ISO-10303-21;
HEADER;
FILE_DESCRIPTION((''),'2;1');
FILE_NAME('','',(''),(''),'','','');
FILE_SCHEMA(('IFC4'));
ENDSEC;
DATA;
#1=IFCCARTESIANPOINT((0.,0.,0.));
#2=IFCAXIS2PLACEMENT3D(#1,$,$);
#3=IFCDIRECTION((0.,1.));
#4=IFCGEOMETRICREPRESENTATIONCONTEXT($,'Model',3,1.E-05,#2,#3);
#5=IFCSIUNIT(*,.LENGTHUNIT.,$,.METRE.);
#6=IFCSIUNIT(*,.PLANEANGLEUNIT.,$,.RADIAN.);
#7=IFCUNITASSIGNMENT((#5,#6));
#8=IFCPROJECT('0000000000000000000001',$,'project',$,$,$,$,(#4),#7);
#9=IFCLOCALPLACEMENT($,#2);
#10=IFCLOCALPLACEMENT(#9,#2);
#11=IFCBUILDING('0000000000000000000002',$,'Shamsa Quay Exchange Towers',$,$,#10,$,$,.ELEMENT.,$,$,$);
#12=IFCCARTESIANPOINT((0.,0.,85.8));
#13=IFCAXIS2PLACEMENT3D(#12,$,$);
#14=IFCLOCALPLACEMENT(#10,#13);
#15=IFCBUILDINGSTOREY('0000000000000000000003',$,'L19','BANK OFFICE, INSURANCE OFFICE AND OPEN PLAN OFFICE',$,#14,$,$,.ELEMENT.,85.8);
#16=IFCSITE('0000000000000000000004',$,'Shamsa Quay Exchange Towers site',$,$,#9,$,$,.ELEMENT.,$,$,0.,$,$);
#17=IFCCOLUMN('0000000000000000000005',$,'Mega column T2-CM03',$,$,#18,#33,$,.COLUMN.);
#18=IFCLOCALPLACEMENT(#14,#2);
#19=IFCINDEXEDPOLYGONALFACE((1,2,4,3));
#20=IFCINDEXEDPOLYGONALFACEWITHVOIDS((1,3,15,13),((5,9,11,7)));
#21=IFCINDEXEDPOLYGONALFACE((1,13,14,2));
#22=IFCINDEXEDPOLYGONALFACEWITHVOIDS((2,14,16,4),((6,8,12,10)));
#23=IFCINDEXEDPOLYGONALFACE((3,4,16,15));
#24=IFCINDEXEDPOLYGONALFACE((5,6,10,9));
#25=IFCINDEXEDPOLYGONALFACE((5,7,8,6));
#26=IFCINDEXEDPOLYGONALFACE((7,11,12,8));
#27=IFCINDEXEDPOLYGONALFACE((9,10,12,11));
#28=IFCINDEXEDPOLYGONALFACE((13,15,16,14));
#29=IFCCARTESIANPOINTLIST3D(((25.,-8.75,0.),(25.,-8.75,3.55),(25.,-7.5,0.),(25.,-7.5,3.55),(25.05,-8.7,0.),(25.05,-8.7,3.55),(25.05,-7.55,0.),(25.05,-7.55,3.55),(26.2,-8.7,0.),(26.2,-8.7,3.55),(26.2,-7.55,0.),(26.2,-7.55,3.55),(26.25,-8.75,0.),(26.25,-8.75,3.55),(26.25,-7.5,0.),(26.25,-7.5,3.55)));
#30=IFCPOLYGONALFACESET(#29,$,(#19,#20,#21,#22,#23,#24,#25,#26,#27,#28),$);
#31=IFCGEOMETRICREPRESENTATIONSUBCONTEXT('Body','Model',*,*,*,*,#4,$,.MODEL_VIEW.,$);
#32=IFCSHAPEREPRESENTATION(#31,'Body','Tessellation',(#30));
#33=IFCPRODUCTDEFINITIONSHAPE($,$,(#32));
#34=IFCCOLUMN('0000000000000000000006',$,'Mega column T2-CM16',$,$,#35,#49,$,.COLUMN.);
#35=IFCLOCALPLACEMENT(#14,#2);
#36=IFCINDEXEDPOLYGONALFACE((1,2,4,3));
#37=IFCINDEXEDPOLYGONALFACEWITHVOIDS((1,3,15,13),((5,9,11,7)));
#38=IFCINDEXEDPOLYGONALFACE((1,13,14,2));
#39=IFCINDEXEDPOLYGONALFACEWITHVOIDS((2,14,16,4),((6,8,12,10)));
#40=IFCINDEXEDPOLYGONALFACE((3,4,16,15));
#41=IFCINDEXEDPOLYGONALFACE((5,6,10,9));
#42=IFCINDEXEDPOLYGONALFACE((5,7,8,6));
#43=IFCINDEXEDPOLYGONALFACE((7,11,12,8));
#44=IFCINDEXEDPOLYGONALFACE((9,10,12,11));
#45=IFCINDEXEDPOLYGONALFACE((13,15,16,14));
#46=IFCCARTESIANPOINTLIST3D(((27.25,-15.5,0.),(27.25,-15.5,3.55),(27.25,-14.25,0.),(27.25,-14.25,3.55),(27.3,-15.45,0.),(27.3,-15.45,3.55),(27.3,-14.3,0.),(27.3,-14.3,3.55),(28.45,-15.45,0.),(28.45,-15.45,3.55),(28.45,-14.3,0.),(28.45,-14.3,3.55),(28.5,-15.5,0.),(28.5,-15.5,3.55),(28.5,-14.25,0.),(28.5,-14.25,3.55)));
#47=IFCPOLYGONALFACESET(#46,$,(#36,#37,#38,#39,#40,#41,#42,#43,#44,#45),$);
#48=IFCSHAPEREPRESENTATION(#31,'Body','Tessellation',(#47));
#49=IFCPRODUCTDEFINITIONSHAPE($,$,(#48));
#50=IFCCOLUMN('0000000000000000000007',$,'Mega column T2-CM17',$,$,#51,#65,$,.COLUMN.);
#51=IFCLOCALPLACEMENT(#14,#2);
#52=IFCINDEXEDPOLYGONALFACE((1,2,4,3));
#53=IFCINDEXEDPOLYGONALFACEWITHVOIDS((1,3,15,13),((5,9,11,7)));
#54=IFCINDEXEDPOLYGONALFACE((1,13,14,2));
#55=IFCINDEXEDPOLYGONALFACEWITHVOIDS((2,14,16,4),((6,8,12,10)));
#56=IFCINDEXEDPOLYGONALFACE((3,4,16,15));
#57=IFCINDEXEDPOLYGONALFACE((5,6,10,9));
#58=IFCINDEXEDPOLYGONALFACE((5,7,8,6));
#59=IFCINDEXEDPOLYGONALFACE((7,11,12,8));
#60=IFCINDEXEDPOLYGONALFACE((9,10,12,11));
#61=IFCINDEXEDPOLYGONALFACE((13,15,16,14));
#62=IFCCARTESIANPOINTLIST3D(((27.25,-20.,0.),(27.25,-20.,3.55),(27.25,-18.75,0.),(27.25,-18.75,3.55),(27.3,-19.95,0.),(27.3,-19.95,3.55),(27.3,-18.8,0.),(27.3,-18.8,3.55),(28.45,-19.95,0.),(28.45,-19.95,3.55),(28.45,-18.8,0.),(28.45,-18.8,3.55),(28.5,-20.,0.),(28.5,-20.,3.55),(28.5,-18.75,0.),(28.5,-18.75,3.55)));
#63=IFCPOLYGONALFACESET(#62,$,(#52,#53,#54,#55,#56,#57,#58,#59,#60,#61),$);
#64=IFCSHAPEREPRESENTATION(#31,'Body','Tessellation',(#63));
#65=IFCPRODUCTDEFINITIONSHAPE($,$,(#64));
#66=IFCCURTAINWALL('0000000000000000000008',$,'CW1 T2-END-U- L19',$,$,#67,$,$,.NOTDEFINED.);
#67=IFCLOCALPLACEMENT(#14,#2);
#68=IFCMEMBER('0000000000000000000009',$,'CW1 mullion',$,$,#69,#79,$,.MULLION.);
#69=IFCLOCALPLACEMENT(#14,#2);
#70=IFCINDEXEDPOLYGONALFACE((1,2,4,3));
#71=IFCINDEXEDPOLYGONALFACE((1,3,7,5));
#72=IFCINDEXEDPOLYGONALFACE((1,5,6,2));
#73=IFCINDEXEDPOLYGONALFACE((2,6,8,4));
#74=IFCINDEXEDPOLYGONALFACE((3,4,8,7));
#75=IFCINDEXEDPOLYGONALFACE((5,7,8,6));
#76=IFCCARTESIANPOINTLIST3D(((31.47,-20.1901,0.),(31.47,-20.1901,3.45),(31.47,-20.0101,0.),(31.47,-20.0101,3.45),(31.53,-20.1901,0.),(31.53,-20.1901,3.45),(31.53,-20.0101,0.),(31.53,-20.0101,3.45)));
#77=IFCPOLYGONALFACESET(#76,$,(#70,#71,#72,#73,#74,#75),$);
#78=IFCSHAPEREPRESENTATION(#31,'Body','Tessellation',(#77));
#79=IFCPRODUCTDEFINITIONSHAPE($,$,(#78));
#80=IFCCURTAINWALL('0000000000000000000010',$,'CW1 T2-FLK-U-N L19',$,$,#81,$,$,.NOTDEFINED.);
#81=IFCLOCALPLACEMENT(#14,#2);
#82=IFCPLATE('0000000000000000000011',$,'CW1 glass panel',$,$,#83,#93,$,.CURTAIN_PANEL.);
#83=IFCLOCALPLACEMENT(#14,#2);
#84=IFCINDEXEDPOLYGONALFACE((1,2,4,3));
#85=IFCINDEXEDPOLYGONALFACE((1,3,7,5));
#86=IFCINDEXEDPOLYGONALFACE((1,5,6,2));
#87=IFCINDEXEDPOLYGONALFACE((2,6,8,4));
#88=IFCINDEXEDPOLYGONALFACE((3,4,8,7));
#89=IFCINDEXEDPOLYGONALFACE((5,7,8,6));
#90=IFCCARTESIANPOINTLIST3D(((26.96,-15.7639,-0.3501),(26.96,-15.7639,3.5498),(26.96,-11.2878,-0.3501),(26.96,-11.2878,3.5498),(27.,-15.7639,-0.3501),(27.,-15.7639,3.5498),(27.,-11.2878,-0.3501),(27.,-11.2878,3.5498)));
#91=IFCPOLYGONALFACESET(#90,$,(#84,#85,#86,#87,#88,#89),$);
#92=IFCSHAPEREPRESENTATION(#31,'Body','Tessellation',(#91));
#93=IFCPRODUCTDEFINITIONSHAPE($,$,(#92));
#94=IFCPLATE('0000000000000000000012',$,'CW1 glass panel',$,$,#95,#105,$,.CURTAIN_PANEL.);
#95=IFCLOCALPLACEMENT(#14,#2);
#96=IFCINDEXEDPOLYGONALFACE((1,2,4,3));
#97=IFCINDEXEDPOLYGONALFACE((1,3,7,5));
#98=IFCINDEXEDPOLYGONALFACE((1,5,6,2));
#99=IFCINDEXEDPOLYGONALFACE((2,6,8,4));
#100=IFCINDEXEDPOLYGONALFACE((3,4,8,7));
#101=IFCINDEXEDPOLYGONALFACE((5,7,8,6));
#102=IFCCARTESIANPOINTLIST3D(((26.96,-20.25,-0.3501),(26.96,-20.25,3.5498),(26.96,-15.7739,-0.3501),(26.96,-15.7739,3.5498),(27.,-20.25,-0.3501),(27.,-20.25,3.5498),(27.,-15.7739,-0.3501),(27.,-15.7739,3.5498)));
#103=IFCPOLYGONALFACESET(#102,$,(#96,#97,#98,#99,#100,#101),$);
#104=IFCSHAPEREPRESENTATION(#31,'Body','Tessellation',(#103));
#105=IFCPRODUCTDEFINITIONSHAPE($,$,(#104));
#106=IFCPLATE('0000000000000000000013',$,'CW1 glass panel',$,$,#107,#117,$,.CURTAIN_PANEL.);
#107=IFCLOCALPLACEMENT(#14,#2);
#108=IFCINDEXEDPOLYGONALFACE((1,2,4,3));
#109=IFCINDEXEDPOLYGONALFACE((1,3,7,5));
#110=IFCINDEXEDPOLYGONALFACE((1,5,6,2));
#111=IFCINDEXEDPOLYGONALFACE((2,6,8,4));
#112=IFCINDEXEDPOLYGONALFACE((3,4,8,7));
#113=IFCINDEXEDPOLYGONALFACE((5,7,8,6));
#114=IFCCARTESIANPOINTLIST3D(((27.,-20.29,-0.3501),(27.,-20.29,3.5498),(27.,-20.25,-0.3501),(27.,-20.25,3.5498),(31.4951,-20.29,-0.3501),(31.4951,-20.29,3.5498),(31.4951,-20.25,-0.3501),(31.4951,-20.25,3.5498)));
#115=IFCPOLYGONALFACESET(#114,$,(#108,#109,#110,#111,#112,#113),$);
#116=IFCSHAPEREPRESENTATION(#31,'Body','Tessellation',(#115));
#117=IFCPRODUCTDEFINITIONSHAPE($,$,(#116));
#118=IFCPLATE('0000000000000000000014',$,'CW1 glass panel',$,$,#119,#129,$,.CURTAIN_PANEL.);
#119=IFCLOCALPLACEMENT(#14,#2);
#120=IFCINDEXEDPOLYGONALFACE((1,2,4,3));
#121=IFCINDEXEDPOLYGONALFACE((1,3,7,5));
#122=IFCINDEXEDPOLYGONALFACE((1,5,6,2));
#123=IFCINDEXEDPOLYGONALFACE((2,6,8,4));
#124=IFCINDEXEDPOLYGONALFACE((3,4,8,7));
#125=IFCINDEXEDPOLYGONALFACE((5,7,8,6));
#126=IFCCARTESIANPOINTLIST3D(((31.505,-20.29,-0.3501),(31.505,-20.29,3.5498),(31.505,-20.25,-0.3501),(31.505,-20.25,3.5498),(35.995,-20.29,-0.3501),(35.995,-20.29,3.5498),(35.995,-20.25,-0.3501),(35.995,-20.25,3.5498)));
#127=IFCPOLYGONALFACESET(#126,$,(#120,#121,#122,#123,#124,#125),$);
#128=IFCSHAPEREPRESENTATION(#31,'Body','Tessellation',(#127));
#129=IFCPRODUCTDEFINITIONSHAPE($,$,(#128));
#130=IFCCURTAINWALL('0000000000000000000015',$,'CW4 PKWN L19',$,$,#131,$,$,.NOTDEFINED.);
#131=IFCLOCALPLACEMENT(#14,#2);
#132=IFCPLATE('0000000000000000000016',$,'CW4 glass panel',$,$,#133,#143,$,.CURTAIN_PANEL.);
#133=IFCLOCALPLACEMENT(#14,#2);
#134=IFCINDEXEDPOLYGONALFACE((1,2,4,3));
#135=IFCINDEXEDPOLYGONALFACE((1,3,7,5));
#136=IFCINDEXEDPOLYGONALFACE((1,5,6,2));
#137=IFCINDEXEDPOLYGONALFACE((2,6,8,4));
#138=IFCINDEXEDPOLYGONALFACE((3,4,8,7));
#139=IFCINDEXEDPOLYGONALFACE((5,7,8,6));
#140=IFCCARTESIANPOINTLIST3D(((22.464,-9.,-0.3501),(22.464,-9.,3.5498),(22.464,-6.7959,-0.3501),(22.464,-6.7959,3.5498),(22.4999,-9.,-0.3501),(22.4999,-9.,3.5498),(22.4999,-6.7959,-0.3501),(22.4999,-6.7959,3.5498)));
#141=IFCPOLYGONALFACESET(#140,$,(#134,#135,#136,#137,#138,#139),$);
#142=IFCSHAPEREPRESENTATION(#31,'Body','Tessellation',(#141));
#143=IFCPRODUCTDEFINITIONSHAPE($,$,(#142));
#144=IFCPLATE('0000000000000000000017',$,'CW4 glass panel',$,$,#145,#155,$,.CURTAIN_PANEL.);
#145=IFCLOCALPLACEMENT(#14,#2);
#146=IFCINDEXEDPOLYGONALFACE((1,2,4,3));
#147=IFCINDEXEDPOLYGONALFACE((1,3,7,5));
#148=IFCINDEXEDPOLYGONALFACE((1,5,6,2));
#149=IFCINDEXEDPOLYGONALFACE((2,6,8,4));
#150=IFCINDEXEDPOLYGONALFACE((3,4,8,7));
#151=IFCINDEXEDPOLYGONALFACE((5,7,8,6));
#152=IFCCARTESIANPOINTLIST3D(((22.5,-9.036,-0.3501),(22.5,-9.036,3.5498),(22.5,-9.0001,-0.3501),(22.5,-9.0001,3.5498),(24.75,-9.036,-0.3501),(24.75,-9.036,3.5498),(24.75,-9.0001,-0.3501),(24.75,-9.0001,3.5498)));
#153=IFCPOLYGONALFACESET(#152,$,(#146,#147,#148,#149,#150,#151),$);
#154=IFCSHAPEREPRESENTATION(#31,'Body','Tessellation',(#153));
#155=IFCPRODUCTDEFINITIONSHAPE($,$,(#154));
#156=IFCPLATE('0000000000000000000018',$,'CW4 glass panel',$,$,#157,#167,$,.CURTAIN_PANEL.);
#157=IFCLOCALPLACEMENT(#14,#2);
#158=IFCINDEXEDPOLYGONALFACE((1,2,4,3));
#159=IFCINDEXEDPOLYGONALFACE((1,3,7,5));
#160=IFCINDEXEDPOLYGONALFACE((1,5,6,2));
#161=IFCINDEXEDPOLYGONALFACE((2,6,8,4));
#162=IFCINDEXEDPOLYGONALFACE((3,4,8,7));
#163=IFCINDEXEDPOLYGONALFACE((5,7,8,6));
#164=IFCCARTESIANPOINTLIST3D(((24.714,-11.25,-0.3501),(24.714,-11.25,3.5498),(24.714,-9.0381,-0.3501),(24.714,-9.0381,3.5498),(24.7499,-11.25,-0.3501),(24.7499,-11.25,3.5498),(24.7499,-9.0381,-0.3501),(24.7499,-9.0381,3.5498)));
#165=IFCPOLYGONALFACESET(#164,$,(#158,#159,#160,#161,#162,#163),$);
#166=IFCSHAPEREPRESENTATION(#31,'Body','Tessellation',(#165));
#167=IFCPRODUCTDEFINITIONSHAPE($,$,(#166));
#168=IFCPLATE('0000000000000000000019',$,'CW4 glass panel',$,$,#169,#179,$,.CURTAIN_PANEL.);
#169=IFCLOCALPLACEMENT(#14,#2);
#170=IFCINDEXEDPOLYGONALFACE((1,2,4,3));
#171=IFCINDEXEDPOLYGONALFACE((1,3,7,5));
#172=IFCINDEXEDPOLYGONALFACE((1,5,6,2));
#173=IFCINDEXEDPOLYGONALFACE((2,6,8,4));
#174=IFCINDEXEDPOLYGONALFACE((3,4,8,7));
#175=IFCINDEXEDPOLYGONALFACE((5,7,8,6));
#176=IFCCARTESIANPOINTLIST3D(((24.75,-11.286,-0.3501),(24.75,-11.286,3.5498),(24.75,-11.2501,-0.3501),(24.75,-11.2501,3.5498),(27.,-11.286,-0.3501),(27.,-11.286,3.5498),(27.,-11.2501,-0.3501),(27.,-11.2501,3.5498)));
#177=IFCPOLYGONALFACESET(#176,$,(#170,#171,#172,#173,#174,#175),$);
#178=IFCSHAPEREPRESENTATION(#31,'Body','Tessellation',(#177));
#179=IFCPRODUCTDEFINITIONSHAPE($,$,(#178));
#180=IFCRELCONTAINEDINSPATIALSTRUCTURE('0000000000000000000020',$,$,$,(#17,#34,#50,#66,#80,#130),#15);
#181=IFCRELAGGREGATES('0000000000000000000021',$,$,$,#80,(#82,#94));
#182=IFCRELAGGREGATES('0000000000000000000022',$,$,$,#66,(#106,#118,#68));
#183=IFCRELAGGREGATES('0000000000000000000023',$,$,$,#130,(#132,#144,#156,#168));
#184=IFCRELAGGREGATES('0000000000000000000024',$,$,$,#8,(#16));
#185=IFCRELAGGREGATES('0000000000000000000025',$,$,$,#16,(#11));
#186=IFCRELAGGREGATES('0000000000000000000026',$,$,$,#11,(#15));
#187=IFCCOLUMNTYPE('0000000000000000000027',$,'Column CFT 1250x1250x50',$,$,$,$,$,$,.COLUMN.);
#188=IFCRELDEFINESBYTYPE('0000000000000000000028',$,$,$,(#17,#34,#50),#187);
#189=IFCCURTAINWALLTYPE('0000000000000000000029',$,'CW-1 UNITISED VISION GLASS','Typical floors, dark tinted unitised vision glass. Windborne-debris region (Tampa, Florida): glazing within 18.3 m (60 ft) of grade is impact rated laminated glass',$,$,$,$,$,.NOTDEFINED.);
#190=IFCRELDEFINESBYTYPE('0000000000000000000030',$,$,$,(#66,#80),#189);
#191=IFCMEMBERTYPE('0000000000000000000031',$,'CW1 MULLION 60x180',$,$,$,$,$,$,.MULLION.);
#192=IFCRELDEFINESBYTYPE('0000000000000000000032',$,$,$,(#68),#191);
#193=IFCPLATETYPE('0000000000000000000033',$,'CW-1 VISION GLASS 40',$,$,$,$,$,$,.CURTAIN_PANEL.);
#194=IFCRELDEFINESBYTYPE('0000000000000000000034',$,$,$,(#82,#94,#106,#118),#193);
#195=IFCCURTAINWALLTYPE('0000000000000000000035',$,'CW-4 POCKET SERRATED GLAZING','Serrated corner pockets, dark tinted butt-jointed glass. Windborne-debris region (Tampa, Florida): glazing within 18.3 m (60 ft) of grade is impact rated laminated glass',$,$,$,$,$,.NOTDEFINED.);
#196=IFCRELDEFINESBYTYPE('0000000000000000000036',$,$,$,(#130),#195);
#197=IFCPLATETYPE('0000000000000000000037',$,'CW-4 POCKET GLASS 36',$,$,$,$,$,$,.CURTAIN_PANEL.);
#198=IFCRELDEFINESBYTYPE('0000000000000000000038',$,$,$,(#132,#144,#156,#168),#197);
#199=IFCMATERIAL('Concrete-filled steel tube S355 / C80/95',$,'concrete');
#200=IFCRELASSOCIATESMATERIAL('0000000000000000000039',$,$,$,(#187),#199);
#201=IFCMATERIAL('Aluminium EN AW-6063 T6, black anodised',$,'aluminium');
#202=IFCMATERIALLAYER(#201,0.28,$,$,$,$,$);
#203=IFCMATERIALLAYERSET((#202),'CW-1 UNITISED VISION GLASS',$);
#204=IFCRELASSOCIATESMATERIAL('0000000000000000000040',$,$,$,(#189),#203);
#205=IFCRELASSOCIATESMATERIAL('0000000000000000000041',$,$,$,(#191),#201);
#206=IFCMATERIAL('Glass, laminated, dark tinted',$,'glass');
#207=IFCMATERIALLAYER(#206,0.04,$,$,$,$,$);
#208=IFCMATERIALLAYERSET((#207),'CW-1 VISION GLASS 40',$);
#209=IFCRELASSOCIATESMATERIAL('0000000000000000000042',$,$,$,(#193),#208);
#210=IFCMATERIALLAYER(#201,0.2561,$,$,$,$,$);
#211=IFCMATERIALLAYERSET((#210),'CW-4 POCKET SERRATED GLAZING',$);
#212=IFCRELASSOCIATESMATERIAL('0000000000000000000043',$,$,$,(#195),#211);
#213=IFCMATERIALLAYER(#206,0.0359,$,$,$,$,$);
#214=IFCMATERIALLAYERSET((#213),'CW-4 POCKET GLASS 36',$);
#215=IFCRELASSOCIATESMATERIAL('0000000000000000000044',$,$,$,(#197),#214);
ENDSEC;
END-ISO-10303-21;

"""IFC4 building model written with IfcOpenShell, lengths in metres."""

from ifc_helpers import new_model, si_unit, direction, frame, origin, origin_2d, place, context, subcontext, project, spatial, rectangle, hollow_rectangle, extrude, material, layer, layer_set, material_profile, profile_set, type_object, element, aggregate, save


model = new_model("IFC4")

# Units and contexts
model_context = context("Model", 3, precision=1e-05, world=origin(), true_north=direction((0.0, 1.0)))
body_context = subcontext(model_context, "Body", "Model", "MODEL_VIEW")
ifc_project = project(units=[si_unit("LENGTHUNIT", "METRE"), si_unit("PLANEANGLEUNIT", "RADIAN")], contexts=[model_context])

# Site, building, storey
site_placement = place(None, origin())
site = spatial("IfcSite", under=ifc_project, at=site_placement, Name="Shamsa Quay Exchange Towers site", CompositionType="ELEMENT", RefElevation=0.0)
building_placement = place(site_placement, origin())
building = spatial("IfcBuilding", under=site, at=building_placement, Name="Shamsa Quay Exchange Towers", CompositionType="ELEMENT")
storey_placement = place(building_placement, frame((0.0, 0.0, 85.8)))
storey = spatial("IfcBuildingStorey", under=building, at=storey_placement, Name="L19", Description="BANK OFFICE, INSURANCE OFFICE AND OPEN PLAN OFFICE", CompositionType="ELEMENT", Elevation=85.8)

# Columns
ifc_material_1 = material(Name="Concrete-filled steel tube S355 / C80/95", Category="concrete")
ifc_material_profile_1 = material_profile(ifc_material_1, hollow_rectangle(XDim=1.25, YDim=1.25, WallThickness=0.05, at=origin_2d()), Name="CFT 1250x1250x50")
ifc_profile_set_1 = profile_set([ifc_material_profile_1], Name="Concrete-filled steel tube S355 / C80/95")
column_type = type_object("IfcColumnType", Name="Column CFT 1250x1250x50", PredefinedType="COLUMN", material=ifc_profile_set_1)
for number, where, name in (
    (1, (25.625, -8.125, 0.0), "Mega column T2-CM03"),
    (2, (27.875, -14.875, 0.0), "Mega column T2-CM16"),
    (3, (27.875, -19.375, 0.0), "Mega column T2-CM17"),
):
    element("IfcColumn", number, at=place(storey_placement, frame(where)), inside=storey, type_object=column_type, Name=name, PredefinedType="COLUMN", context=body_context, shape_type="SweptSolid", body=[
        extrude(hollow_rectangle(XDim=1.25, YDim=1.25, WallThickness=0.05, at=origin_2d()), origin(), (0.0, 0.0, 1.0), 3.55),
    ])

# Curtain wall, member
ifc_material_2 = material(Name="Aluminium EN AW-6063 T6, black anodised", Category="aluminium")
ifc_layer_1 = layer(ifc_material_2, 0.28)
ifc_layer_set_1 = layer_set([ifc_layer_1], Name="CW-1 UNITISED VISION GLASS")
curtain_wall_type_1 = type_object("IfcCurtainWallType", Name="CW-1 UNITISED VISION GLASS", Description="Typical floors, dark tinted unitised vision glass. Windborne-debris region (Tampa, Florida): glazing within 18.3 m (60 ft) of grade is impact rated laminated glass", PredefinedType="NOTDEFINED", material=ifc_layer_set_1)
curtain_wall_1_placement = place(storey_placement, origin())
curtain_wall_1 = element("IfcCurtainWall", 4, at=curtain_wall_1_placement, inside=storey, type_object=curtain_wall_type_1, Name="CW1 T2-END-U- L19", PredefinedType="NOTDEFINED")
ifc_material_profile_2 = material_profile(ifc_material_2, rectangle(XDim=0.1799, YDim=0.0601, at=origin_2d()), Name="MU60x180")
ifc_profile_set_2 = profile_set([ifc_material_profile_2], Name="Aluminium EN AW-6063 T6, black anodised")
member_type = type_object("IfcMemberType", Name="CW1 MULLION 60x180", PredefinedType="MULLION", material=ifc_profile_set_2)
member_placement = place(storey_placement, frame((31.5, -20.1001, 0.0), z_axis=(0.0, 0.0, 1.0), x_axis=(0.0, 1.0, 0.0)))
member = element("IfcMember", 5, at=member_placement, type_object=member_type, Name="CW1 mullion", PredefinedType="MULLION", context=body_context, shape_type="SweptSolid", body=[
    extrude(rectangle(XDim=0.1799, YDim=0.0601, at=origin_2d()), origin(), (0.0, 0.0, 1.0), 3.45),
])

# Curtain wall, plates
curtain_wall_2_placement = place(storey_placement, origin())
curtain_wall_2 = element("IfcCurtainWall", 6, at=curtain_wall_2_placement, inside=storey, type_object=curtain_wall_type_1, Name="CW1 T2-FLK-U-N L19", PredefinedType="NOTDEFINED")
ifc_material_3 = material(Name="Glass, laminated, dark tinted", Category="glass")
ifc_layer_2 = layer(ifc_material_3, 0.04)
ifc_layer_set_2 = layer_set([ifc_layer_2], Name="CW-1 VISION GLASS 40")
plate_type_1 = type_object("IfcPlateType", Name="CW-1 VISION GLASS 40", PredefinedType="CURTAIN_PANEL", material=ifc_layer_set_2)
plate_1_placement = place(storey_placement, frame((26.98, -13.5259, -0.3501), z_axis=(0.0, 0.0, 1.0), x_axis=(0.0, -1.0, 0.0)))
plate_1 = element("IfcPlate", 7, at=plate_1_placement, type_object=plate_type_1, Name="CW1 glass panel", PredefinedType="CURTAIN_PANEL", context=body_context, shape_type="SweptSolid", body=[
    extrude(rectangle(XDim=4.4761, YDim=0.04, at=origin_2d()), origin(), (0.0, 0.0, 1.0), 3.8999),
])
plate_2_placement = place(storey_placement, frame((26.98, -18.012, -0.3501), z_axis=(0.0, 0.0, 1.0), x_axis=(0.0, -1.0, 0.0)))
plate_2 = element("IfcPlate", 8, at=plate_2_placement, type_object=plate_type_1, Name="CW1 glass panel", PredefinedType="CURTAIN_PANEL", context=body_context, shape_type="SweptSolid", body=[
    extrude(rectangle(XDim=4.4761, YDim=0.04, at=origin_2d()), origin(), (0.0, 0.0, 1.0), 3.8999),
])
aggregate(curtain_wall_2, [plate_1, plate_2])

# Plates
plate_3_placement = place(storey_placement, frame((29.2476, -20.27, -0.3501)))
plate_3 = element("IfcPlate", 9, at=plate_3_placement, type_object=plate_type_1, Name="CW1 glass panel", PredefinedType="CURTAIN_PANEL", context=body_context, shape_type="SweptSolid", body=[
    extrude(rectangle(XDim=4.4951, YDim=0.04, at=origin_2d()), origin(), (0.0, 0.0, 1.0), 3.8999),
])
plate_4_placement = place(storey_placement, frame((33.75, -20.27, -0.3501)))
plate_4 = element("IfcPlate", 10, at=plate_4_placement, type_object=plate_type_1, Name="CW1 glass panel", PredefinedType="CURTAIN_PANEL", context=body_context, shape_type="SweptSolid", body=[
    extrude(rectangle(XDim=4.49, YDim=0.04, at=origin_2d()), origin(), (0.0, 0.0, 1.0), 3.8999),
])
aggregate(curtain_wall_1, [plate_3, plate_4, member])

# Curtain wall, plates
ifc_layer_3 = layer(ifc_material_2, 0.2561)
ifc_layer_set_3 = layer_set([ifc_layer_3], Name="CW-4 POCKET SERRATED GLAZING")
curtain_wall_type_2 = type_object("IfcCurtainWallType", Name="CW-4 POCKET SERRATED GLAZING", Description="Serrated corner pockets, dark tinted butt-jointed glass. Windborne-debris region (Tampa, Florida): glazing within 18.3 m (60 ft) of grade is impact rated laminated glass", PredefinedType="NOTDEFINED", material=ifc_layer_set_3)
curtain_wall_3_placement = place(storey_placement, origin())
curtain_wall_3 = element("IfcCurtainWall", 11, at=curtain_wall_3_placement, inside=storey, type_object=curtain_wall_type_2, Name="CW4 PKWN L19", PredefinedType="NOTDEFINED")
ifc_layer_4 = layer(ifc_material_3, 0.0359)
ifc_layer_set_4 = layer_set([ifc_layer_4], Name="CW-4 POCKET GLASS 36")
plate_type_2 = type_object("IfcPlateType", Name="CW-4 POCKET GLASS 36", PredefinedType="CURTAIN_PANEL", material=ifc_layer_set_4)
plate_5_placement = place(storey_placement, frame((22.4819, -7.8979, -0.3501), z_axis=(0.0, 0.0, 1.0), x_axis=(0.0, -1.0, 0.0)))
plate_5 = element("IfcPlate", 12, at=plate_5_placement, type_object=plate_type_2, Name="CW4 glass panel", PredefinedType="CURTAIN_PANEL", context=body_context, shape_type="SweptSolid", body=[
    extrude(rectangle(XDim=2.2041, YDim=0.0359, at=origin_2d()), origin(), (0.0, 0.0, 1.0), 3.8999),
])
plate_6_placement = place(storey_placement, frame((23.625, -9.0181, -0.3501)))
plate_6 = element("IfcPlate", 13, at=plate_6_placement, type_object=plate_type_2, Name="CW4 glass panel", PredefinedType="CURTAIN_PANEL", context=body_context, shape_type="SweptSolid", body=[
    extrude(rectangle(XDim=2.25, YDim=0.0359, at=origin_2d()), origin(), (0.0, 0.0, 1.0), 3.8999),
])
plate_7_placement = place(storey_placement, frame((24.7319, -10.144, -0.3501), z_axis=(0.0, 0.0, 1.0), x_axis=(0.0, -1.0, 0.0)))
plate_7 = element("IfcPlate", 14, at=plate_7_placement, type_object=plate_type_2, Name="CW4 glass panel", PredefinedType="CURTAIN_PANEL", context=body_context, shape_type="SweptSolid", body=[
    extrude(rectangle(XDim=2.2119, YDim=0.0359, at=origin_2d()), origin(), (0.0, 0.0, 1.0), 3.8999),
])
plate_8_placement = place(storey_placement, frame((25.875, -11.2681, -0.3501)))
plate_8 = element("IfcPlate", 15, at=plate_8_placement, type_object=plate_type_2, Name="CW4 glass panel", PredefinedType="CURTAIN_PANEL", context=body_context, shape_type="SweptSolid", body=[
    extrude(rectangle(XDim=2.25, YDim=0.0359, at=origin_2d()), origin(), (0.0, 0.0, 1.0), 3.8999),
])
aggregate(curtain_wall_3, [plate_5, plate_6, plate_7, plate_8])

save(model, "model.ifc")
